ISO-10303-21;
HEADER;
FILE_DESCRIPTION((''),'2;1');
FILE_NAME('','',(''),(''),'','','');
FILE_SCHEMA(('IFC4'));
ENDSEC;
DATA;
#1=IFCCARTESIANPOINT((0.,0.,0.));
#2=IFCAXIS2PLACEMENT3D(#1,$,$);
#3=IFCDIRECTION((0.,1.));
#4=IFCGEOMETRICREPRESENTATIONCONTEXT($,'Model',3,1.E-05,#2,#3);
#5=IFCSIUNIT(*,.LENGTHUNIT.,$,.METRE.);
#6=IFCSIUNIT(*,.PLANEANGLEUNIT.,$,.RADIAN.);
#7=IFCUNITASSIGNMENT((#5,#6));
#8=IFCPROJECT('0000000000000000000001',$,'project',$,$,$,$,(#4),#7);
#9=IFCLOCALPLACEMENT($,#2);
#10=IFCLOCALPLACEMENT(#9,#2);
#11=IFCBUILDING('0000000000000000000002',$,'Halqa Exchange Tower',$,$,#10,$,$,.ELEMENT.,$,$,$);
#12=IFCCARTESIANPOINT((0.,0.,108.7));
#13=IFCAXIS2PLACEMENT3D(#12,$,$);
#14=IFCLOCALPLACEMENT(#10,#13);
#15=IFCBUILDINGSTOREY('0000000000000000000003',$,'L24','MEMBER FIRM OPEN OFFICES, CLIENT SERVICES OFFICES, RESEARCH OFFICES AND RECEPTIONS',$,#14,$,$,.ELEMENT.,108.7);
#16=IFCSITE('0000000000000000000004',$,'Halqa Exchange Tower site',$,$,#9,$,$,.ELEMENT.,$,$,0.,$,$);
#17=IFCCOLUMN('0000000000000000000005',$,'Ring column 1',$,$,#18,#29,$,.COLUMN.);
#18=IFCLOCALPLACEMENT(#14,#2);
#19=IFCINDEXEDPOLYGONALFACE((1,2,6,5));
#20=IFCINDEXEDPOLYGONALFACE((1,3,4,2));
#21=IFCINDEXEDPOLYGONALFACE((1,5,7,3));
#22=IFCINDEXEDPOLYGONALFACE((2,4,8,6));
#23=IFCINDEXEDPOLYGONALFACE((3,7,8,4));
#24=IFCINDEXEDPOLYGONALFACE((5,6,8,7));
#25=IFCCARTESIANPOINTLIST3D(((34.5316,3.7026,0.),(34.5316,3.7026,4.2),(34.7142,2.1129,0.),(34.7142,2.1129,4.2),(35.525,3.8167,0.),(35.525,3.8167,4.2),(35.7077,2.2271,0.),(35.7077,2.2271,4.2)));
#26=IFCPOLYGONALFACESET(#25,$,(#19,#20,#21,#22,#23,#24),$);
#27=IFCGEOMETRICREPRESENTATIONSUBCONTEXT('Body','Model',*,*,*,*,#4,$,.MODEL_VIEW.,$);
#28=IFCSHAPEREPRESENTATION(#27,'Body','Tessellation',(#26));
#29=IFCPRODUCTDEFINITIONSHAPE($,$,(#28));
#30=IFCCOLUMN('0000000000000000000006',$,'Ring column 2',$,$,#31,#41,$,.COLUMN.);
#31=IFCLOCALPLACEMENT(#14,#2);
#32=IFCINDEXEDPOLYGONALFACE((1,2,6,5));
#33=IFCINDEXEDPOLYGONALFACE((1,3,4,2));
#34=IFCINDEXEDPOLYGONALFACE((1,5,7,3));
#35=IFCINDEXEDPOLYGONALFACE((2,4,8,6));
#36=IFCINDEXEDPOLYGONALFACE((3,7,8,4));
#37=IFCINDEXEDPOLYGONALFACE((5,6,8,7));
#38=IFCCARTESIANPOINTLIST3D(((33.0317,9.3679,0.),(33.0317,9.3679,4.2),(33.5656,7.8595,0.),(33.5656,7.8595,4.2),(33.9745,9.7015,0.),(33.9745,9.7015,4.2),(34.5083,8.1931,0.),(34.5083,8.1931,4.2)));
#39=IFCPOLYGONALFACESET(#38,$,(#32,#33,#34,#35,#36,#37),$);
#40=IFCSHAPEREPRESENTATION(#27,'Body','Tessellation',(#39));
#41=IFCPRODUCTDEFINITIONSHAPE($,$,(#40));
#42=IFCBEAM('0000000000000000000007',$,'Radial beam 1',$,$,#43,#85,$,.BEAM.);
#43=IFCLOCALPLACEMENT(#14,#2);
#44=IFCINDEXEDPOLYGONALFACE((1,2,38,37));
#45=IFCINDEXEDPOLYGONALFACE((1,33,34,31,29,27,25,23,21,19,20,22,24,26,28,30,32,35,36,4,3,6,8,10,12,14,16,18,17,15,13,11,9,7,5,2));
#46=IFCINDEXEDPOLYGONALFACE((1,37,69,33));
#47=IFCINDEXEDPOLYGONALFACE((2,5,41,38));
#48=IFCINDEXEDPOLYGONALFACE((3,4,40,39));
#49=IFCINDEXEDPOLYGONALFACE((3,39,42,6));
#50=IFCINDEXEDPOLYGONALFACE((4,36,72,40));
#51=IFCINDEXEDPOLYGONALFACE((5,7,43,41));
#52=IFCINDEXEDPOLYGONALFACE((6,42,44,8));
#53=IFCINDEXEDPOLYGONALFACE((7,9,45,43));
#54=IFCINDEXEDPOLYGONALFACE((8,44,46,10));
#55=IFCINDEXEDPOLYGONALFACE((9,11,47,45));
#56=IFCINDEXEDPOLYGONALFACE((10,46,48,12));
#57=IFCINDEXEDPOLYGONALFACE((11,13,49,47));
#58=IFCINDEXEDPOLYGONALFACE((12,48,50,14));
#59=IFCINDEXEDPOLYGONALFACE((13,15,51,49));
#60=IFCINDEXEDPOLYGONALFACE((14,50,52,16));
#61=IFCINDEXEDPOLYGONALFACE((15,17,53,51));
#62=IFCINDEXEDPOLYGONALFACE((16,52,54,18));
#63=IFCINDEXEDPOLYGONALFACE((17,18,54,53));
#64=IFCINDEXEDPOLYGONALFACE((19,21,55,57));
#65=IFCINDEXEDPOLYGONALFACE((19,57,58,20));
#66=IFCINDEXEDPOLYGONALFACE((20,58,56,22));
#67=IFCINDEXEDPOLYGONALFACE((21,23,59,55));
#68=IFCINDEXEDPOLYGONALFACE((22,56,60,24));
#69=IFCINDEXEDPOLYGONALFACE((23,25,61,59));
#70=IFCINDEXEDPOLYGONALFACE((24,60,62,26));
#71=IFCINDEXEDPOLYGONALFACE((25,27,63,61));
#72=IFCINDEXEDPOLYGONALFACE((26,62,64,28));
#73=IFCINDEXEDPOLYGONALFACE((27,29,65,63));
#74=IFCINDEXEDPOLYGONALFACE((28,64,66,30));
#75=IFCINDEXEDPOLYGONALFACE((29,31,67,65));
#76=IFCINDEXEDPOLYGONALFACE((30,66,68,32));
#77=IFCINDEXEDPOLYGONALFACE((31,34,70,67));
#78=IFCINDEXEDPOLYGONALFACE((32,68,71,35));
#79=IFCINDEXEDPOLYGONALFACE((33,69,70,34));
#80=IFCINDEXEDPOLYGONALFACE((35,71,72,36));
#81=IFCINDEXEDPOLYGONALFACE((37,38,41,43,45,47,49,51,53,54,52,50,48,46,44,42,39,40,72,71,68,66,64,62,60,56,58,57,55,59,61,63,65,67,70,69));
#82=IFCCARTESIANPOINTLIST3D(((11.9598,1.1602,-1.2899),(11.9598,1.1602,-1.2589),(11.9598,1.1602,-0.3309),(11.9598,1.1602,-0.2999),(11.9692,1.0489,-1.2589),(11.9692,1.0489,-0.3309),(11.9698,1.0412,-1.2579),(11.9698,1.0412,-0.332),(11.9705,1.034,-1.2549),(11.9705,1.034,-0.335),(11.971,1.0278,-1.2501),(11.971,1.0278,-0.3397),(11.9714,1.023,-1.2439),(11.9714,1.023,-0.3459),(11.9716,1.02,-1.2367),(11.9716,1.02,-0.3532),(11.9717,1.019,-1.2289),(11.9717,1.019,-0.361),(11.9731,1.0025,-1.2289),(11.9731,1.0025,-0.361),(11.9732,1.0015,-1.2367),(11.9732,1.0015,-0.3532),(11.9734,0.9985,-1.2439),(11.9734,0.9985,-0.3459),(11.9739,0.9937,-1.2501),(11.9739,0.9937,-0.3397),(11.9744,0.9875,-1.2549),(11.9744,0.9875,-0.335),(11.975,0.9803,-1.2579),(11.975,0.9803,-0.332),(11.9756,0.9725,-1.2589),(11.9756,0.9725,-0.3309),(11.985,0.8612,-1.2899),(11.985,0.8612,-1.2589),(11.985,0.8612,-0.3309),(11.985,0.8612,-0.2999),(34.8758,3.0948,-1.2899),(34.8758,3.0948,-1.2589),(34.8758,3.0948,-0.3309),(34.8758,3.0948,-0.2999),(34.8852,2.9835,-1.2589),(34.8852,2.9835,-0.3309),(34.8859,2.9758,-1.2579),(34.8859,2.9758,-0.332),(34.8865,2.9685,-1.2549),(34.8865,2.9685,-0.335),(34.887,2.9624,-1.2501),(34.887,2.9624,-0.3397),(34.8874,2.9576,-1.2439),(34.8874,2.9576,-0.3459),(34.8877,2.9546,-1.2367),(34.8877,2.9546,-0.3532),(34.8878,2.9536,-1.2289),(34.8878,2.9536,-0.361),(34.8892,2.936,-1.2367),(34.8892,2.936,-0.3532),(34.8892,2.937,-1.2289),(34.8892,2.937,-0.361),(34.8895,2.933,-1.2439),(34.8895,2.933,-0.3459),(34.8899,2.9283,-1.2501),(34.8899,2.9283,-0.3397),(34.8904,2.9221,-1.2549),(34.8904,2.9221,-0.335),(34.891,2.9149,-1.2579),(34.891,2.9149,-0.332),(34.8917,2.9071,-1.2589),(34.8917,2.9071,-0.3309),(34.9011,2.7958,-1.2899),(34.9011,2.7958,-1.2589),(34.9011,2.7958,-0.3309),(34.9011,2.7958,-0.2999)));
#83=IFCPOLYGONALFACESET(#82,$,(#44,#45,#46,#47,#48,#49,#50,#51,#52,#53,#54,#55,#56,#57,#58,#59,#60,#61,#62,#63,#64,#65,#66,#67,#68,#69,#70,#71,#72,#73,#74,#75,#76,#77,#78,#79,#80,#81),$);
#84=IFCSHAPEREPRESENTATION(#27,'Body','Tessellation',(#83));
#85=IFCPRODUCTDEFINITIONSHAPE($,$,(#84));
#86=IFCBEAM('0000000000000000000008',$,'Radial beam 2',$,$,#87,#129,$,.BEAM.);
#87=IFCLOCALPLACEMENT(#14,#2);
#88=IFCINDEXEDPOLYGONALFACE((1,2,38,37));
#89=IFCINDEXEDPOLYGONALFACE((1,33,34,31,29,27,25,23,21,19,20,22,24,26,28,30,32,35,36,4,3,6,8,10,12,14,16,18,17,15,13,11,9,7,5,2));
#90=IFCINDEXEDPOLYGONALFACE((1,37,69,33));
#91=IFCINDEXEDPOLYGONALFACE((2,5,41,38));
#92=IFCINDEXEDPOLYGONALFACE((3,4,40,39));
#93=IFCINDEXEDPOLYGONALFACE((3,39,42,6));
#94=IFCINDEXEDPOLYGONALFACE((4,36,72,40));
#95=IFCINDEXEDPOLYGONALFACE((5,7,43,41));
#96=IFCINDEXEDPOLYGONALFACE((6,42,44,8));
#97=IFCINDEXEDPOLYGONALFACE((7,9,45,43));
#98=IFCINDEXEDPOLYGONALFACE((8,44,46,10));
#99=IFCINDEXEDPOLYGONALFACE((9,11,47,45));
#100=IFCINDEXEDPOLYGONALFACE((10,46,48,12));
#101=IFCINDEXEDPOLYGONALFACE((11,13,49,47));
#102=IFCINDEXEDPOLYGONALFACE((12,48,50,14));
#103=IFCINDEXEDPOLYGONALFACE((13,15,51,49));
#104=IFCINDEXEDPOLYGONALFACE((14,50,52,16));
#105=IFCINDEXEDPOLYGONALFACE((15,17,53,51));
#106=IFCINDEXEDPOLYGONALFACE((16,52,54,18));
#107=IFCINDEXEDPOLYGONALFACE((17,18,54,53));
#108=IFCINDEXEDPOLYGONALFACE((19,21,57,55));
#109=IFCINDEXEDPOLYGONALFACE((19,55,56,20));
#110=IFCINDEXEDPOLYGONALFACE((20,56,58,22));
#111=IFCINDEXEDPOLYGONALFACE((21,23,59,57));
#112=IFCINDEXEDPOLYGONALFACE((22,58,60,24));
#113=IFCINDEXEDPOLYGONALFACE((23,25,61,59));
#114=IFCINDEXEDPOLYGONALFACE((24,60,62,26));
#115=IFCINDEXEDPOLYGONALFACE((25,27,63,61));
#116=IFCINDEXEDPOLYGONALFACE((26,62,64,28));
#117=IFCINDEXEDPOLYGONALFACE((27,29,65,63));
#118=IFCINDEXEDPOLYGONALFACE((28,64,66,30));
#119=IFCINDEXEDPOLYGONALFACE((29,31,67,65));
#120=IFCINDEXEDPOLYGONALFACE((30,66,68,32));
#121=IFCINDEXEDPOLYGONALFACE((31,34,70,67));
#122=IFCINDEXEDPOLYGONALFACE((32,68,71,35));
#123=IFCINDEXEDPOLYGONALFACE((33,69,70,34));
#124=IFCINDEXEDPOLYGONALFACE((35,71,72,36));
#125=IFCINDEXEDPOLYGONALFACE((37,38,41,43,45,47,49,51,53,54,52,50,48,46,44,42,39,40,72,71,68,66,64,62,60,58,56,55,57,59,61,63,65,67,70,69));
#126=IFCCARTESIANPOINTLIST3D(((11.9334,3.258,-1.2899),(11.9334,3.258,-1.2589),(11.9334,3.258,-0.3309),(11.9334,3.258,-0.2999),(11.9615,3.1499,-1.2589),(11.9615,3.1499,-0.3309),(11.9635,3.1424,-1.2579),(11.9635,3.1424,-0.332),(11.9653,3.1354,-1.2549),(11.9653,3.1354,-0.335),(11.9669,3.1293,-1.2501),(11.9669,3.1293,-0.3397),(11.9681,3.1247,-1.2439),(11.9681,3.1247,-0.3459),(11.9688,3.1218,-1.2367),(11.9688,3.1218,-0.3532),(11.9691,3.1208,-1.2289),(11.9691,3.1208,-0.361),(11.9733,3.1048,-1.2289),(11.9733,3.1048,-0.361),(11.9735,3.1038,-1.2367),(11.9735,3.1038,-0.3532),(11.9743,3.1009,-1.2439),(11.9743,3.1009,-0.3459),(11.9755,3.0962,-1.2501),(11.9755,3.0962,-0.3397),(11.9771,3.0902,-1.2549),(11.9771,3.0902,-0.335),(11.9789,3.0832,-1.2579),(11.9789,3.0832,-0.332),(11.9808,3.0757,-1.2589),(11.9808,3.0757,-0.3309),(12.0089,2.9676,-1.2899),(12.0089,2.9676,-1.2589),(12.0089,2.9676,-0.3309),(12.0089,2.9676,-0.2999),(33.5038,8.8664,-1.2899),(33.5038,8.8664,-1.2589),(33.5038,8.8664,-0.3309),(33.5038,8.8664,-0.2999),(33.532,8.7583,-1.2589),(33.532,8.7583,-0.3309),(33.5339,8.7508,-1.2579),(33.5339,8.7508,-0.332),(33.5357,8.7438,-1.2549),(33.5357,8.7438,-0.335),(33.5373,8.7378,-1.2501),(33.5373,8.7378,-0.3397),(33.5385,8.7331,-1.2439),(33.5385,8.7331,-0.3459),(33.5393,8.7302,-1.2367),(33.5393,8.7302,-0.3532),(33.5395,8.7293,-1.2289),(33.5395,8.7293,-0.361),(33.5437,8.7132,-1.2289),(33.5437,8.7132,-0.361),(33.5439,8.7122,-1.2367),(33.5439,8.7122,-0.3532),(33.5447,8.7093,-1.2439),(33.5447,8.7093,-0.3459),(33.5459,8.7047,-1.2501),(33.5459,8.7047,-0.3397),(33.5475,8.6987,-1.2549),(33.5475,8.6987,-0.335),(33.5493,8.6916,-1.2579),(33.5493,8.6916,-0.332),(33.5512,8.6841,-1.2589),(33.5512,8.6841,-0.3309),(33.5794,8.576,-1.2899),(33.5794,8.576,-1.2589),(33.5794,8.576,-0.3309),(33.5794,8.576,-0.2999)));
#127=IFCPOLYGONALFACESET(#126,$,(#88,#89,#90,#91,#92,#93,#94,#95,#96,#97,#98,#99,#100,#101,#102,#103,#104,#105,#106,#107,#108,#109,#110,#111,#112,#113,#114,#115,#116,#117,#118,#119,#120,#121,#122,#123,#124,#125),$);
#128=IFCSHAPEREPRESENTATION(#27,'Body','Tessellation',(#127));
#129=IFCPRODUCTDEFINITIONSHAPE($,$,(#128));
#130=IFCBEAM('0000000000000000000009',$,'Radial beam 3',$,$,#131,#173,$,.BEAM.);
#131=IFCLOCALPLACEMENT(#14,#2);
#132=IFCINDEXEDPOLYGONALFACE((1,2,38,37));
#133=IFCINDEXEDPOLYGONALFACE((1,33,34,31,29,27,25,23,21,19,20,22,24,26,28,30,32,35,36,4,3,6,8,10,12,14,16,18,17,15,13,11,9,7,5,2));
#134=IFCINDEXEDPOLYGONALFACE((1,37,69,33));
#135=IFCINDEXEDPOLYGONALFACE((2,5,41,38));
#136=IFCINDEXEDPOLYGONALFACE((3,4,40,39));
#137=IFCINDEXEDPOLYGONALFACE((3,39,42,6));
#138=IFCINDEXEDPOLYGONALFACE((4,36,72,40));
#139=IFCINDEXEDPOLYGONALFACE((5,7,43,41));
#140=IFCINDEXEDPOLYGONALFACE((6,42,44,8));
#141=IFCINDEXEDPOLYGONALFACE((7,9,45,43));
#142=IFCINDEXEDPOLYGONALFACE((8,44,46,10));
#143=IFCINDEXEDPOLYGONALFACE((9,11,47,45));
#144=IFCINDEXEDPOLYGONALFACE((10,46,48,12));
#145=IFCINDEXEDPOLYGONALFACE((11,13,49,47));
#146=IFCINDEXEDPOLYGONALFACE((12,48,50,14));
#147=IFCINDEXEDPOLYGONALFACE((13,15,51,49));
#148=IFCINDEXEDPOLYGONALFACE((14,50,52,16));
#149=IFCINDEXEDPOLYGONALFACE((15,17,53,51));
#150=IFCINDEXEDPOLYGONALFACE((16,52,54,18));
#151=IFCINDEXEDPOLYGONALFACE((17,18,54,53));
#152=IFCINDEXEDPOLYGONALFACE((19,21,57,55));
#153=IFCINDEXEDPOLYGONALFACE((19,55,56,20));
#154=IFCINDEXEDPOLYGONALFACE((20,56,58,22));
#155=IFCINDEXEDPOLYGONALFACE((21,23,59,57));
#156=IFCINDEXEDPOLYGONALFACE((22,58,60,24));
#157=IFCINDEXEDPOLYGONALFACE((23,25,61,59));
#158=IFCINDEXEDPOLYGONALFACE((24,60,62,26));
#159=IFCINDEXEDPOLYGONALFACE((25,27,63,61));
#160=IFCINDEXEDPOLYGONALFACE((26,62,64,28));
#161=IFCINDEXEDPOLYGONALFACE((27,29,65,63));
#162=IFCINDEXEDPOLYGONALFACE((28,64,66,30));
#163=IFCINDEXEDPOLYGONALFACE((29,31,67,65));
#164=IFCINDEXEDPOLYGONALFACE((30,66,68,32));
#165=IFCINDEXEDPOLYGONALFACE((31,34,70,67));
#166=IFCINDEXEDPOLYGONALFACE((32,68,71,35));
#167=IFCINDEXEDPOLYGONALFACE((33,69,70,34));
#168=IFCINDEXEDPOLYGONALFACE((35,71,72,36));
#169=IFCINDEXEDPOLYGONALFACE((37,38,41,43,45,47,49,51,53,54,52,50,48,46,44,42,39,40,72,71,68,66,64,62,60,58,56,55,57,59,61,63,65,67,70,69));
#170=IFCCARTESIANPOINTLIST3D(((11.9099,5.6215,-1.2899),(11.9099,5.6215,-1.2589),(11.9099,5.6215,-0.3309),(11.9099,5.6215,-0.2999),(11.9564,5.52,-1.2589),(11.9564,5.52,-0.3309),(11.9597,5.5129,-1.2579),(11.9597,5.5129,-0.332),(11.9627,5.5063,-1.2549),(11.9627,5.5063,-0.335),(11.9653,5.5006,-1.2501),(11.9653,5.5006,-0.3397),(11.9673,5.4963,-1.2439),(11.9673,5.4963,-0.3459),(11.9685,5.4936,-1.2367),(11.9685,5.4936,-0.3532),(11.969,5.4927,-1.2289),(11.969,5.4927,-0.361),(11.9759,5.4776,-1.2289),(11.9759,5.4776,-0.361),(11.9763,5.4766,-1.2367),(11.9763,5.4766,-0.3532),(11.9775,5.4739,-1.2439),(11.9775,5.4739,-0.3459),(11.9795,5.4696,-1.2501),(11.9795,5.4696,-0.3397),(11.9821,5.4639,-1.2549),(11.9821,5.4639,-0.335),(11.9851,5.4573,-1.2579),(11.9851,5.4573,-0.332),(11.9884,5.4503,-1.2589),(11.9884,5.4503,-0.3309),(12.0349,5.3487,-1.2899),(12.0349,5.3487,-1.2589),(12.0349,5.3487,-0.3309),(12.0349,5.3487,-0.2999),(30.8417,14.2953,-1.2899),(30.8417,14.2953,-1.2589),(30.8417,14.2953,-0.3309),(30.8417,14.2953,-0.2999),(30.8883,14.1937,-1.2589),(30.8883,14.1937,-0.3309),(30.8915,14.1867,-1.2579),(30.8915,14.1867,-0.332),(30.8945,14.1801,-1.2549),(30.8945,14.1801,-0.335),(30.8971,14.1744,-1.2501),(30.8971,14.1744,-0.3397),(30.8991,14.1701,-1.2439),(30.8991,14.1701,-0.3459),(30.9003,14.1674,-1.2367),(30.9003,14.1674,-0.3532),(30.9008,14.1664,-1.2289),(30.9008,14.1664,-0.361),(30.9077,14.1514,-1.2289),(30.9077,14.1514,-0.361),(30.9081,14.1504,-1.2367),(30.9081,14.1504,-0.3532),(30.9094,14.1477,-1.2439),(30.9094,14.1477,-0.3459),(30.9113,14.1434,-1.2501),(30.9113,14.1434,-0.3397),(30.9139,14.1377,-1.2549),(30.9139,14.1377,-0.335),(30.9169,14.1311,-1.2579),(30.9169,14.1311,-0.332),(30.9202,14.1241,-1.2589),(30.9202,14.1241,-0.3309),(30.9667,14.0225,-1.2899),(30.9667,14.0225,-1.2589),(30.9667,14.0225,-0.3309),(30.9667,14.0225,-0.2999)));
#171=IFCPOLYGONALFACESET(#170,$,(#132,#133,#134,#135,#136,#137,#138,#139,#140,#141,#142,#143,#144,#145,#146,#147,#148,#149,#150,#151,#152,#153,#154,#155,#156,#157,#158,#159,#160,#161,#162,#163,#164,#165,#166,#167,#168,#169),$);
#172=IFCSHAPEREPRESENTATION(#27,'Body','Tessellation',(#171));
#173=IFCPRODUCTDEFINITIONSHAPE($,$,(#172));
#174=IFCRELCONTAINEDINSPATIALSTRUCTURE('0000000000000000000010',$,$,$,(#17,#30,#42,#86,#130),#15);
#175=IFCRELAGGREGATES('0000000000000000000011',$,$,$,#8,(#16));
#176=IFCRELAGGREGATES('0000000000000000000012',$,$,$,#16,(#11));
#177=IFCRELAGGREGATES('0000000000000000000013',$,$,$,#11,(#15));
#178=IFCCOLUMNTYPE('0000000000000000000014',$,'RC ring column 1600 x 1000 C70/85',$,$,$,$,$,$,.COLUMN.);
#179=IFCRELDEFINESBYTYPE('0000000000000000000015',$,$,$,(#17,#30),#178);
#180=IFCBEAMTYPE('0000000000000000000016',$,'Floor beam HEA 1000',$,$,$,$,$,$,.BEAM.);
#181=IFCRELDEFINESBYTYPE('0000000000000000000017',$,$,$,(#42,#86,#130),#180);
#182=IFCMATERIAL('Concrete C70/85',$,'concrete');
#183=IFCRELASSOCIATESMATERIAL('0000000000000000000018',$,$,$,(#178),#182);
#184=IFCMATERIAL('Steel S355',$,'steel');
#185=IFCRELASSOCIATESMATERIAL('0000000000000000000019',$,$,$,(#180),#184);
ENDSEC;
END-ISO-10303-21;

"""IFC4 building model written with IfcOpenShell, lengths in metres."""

from ifc_helpers import new_model, si_unit, direction, frame, origin, origin_2d, place, context, subcontext, project, spatial, rectangle, i_section, extrude, material, material_profile, profile_set, type_object, element, save


model = new_model("IFC4")

# Units and contexts
model_context = context("Model", 3, precision=1e-05, world=origin(), true_north=direction((0.0, 1.0)))
body_context = subcontext(model_context, "Body", "Model", "MODEL_VIEW")
ifc_project = project(units=[si_unit("LENGTHUNIT", "METRE"), si_unit("PLANEANGLEUNIT", "RADIAN")], contexts=[model_context])

# Site, building, storey
site_placement = place(None, origin())
site = spatial("IfcSite", under=ifc_project, at=site_placement, Name="Halqa Exchange Tower site", CompositionType="ELEMENT", RefElevation=0.0)
building_placement = place(site_placement, origin())
building = spatial("IfcBuilding", under=site, at=building_placement, Name="Halqa Exchange Tower", CompositionType="ELEMENT")
storey_placement = place(building_placement, frame((0.0, 0.0, 108.7)))
storey = spatial("IfcBuildingStorey", under=building, at=storey_placement, Name="L24", Description="MEMBER FIRM OPEN OFFICES, CLIENT SERVICES OFFICES, RESEARCH OFFICES AND RECEPTIONS", CompositionType="ELEMENT", Elevation=108.7)

# Columns
ifc_material_1 = material(Name="Concrete C70/85", Category="concrete")
ifc_material_profile_1 = material_profile(ifc_material_1, rectangle(XDim=1.6001, YDim=1.0, at=origin_2d()), Name="1600 x 1000")
ifc_profile_set_1 = profile_set([ifc_material_profile_1], Name="Concrete C70/85")
column_type = type_object("IfcColumnType", Name="RC ring column 1600 x 1000 C70/85", PredefinedType="COLUMN", material=ifc_profile_set_1)
for number, where, z_axis, x_axis, name in (
    (1, (35.1196, 2.9648, 0.0), (0.0, 0.0, 1.0), (-0.114162, 0.993462, 0.0), "Ring column 1"),
    (2, (33.77, 8.7805, 0.0), (0.0, 0.0, 1.0), (-0.333626, 0.942706, 0.0), "Ring column 2"),
):
    element("IfcColumn", number, at=place(storey_placement, frame(where, z_axis=z_axis, x_axis=x_axis)), inside=storey, type_object=column_type, Name=name, PredefinedType="COLUMN", context=body_context, shape_type="SweptSolid", body=[
        extrude(rectangle(XDim=1.6001, YDim=1.0, at=origin_2d()), origin(), (0.0, 0.0, 1.0), 4.2),
    ])

# Beams
ifc_material_2 = material(Name="Steel S355", Category="steel")
ifc_material_profile_2 = material_profile(ifc_material_2, i_section(OverallWidth=0.3, OverallDepth=0.99, WebThickness=0.0166, FlangeThickness=0.031, FilletRadius=0.03, at=origin_2d()), Name="HEA 1000")
ifc_profile_set_2 = profile_set([ifc_material_profile_2], Name="Steel S355")
beam_type_1 = type_object("IfcBeamType", Name="Floor beam HEA 1000", PredefinedType="BEAM", material=ifc_profile_set_2)
beam_1_placement = place(storey_placement, frame((11.9724, 1.0107, -0.7949), z_axis=(0.996456, 0.084121, 0.0), x_axis=(-0.084121, 0.996456, 0.0)))
element("IfcBeam", 3, at=beam_1_placement, inside=storey, type_object=beam_type_1, Name="Radial beam 1", PredefinedType="BEAM", context=body_context, shape_type="SweptSolid", body=[
    extrude(i_section(OverallWidth=0.3, OverallDepth=0.99, WebThickness=0.0166, FlangeThickness=0.031, FilletRadius=0.03, at=origin_2d()), origin(), (0.0, 0.0, 1.0), 22.9976),
])
beam_2_placement = place(storey_placement, frame((11.9712, 3.1128, -0.7949), z_axis=(0.967821, 0.251639, 0.0), x_axis=(-0.251639, 0.967821, 0.0)))
element("IfcBeam", 4, at=beam_2_placement, inside=storey, type_object=beam_type_1, Name="Radial beam 2", PredefinedType="BEAM", context=body_context, shape_type="SweptSolid", body=[
    extrude(i_section(OverallWidth=0.3, OverallDepth=0.99, WebThickness=0.0166, FlangeThickness=0.031, FilletRadius=0.03, at=origin_2d()), origin(), (0.0, 0.0, 1.0), 22.2876),
])
beam_3_placement = place(storey_placement, frame((11.9724, 5.4851, -0.7949), z_axis=(0.909125, 0.416524, 0.0), x_axis=(-0.416524, 0.909125, 0.0)))
element("IfcBeam", 5, at=beam_3_placement, inside=storey, type_object=beam_type_1, Name="Radial beam 3", PredefinedType="BEAM", context=body_context, shape_type="SweptSolid", body=[
    extrude(i_section(OverallWidth=0.3, OverallDepth=0.99, WebThickness=0.0166, FlangeThickness=0.031, FilletRadius=0.03, at=origin_2d()), origin(), (0.0, 0.0, 1.0), 20.8242),
])

save(model, "model.ifc")
